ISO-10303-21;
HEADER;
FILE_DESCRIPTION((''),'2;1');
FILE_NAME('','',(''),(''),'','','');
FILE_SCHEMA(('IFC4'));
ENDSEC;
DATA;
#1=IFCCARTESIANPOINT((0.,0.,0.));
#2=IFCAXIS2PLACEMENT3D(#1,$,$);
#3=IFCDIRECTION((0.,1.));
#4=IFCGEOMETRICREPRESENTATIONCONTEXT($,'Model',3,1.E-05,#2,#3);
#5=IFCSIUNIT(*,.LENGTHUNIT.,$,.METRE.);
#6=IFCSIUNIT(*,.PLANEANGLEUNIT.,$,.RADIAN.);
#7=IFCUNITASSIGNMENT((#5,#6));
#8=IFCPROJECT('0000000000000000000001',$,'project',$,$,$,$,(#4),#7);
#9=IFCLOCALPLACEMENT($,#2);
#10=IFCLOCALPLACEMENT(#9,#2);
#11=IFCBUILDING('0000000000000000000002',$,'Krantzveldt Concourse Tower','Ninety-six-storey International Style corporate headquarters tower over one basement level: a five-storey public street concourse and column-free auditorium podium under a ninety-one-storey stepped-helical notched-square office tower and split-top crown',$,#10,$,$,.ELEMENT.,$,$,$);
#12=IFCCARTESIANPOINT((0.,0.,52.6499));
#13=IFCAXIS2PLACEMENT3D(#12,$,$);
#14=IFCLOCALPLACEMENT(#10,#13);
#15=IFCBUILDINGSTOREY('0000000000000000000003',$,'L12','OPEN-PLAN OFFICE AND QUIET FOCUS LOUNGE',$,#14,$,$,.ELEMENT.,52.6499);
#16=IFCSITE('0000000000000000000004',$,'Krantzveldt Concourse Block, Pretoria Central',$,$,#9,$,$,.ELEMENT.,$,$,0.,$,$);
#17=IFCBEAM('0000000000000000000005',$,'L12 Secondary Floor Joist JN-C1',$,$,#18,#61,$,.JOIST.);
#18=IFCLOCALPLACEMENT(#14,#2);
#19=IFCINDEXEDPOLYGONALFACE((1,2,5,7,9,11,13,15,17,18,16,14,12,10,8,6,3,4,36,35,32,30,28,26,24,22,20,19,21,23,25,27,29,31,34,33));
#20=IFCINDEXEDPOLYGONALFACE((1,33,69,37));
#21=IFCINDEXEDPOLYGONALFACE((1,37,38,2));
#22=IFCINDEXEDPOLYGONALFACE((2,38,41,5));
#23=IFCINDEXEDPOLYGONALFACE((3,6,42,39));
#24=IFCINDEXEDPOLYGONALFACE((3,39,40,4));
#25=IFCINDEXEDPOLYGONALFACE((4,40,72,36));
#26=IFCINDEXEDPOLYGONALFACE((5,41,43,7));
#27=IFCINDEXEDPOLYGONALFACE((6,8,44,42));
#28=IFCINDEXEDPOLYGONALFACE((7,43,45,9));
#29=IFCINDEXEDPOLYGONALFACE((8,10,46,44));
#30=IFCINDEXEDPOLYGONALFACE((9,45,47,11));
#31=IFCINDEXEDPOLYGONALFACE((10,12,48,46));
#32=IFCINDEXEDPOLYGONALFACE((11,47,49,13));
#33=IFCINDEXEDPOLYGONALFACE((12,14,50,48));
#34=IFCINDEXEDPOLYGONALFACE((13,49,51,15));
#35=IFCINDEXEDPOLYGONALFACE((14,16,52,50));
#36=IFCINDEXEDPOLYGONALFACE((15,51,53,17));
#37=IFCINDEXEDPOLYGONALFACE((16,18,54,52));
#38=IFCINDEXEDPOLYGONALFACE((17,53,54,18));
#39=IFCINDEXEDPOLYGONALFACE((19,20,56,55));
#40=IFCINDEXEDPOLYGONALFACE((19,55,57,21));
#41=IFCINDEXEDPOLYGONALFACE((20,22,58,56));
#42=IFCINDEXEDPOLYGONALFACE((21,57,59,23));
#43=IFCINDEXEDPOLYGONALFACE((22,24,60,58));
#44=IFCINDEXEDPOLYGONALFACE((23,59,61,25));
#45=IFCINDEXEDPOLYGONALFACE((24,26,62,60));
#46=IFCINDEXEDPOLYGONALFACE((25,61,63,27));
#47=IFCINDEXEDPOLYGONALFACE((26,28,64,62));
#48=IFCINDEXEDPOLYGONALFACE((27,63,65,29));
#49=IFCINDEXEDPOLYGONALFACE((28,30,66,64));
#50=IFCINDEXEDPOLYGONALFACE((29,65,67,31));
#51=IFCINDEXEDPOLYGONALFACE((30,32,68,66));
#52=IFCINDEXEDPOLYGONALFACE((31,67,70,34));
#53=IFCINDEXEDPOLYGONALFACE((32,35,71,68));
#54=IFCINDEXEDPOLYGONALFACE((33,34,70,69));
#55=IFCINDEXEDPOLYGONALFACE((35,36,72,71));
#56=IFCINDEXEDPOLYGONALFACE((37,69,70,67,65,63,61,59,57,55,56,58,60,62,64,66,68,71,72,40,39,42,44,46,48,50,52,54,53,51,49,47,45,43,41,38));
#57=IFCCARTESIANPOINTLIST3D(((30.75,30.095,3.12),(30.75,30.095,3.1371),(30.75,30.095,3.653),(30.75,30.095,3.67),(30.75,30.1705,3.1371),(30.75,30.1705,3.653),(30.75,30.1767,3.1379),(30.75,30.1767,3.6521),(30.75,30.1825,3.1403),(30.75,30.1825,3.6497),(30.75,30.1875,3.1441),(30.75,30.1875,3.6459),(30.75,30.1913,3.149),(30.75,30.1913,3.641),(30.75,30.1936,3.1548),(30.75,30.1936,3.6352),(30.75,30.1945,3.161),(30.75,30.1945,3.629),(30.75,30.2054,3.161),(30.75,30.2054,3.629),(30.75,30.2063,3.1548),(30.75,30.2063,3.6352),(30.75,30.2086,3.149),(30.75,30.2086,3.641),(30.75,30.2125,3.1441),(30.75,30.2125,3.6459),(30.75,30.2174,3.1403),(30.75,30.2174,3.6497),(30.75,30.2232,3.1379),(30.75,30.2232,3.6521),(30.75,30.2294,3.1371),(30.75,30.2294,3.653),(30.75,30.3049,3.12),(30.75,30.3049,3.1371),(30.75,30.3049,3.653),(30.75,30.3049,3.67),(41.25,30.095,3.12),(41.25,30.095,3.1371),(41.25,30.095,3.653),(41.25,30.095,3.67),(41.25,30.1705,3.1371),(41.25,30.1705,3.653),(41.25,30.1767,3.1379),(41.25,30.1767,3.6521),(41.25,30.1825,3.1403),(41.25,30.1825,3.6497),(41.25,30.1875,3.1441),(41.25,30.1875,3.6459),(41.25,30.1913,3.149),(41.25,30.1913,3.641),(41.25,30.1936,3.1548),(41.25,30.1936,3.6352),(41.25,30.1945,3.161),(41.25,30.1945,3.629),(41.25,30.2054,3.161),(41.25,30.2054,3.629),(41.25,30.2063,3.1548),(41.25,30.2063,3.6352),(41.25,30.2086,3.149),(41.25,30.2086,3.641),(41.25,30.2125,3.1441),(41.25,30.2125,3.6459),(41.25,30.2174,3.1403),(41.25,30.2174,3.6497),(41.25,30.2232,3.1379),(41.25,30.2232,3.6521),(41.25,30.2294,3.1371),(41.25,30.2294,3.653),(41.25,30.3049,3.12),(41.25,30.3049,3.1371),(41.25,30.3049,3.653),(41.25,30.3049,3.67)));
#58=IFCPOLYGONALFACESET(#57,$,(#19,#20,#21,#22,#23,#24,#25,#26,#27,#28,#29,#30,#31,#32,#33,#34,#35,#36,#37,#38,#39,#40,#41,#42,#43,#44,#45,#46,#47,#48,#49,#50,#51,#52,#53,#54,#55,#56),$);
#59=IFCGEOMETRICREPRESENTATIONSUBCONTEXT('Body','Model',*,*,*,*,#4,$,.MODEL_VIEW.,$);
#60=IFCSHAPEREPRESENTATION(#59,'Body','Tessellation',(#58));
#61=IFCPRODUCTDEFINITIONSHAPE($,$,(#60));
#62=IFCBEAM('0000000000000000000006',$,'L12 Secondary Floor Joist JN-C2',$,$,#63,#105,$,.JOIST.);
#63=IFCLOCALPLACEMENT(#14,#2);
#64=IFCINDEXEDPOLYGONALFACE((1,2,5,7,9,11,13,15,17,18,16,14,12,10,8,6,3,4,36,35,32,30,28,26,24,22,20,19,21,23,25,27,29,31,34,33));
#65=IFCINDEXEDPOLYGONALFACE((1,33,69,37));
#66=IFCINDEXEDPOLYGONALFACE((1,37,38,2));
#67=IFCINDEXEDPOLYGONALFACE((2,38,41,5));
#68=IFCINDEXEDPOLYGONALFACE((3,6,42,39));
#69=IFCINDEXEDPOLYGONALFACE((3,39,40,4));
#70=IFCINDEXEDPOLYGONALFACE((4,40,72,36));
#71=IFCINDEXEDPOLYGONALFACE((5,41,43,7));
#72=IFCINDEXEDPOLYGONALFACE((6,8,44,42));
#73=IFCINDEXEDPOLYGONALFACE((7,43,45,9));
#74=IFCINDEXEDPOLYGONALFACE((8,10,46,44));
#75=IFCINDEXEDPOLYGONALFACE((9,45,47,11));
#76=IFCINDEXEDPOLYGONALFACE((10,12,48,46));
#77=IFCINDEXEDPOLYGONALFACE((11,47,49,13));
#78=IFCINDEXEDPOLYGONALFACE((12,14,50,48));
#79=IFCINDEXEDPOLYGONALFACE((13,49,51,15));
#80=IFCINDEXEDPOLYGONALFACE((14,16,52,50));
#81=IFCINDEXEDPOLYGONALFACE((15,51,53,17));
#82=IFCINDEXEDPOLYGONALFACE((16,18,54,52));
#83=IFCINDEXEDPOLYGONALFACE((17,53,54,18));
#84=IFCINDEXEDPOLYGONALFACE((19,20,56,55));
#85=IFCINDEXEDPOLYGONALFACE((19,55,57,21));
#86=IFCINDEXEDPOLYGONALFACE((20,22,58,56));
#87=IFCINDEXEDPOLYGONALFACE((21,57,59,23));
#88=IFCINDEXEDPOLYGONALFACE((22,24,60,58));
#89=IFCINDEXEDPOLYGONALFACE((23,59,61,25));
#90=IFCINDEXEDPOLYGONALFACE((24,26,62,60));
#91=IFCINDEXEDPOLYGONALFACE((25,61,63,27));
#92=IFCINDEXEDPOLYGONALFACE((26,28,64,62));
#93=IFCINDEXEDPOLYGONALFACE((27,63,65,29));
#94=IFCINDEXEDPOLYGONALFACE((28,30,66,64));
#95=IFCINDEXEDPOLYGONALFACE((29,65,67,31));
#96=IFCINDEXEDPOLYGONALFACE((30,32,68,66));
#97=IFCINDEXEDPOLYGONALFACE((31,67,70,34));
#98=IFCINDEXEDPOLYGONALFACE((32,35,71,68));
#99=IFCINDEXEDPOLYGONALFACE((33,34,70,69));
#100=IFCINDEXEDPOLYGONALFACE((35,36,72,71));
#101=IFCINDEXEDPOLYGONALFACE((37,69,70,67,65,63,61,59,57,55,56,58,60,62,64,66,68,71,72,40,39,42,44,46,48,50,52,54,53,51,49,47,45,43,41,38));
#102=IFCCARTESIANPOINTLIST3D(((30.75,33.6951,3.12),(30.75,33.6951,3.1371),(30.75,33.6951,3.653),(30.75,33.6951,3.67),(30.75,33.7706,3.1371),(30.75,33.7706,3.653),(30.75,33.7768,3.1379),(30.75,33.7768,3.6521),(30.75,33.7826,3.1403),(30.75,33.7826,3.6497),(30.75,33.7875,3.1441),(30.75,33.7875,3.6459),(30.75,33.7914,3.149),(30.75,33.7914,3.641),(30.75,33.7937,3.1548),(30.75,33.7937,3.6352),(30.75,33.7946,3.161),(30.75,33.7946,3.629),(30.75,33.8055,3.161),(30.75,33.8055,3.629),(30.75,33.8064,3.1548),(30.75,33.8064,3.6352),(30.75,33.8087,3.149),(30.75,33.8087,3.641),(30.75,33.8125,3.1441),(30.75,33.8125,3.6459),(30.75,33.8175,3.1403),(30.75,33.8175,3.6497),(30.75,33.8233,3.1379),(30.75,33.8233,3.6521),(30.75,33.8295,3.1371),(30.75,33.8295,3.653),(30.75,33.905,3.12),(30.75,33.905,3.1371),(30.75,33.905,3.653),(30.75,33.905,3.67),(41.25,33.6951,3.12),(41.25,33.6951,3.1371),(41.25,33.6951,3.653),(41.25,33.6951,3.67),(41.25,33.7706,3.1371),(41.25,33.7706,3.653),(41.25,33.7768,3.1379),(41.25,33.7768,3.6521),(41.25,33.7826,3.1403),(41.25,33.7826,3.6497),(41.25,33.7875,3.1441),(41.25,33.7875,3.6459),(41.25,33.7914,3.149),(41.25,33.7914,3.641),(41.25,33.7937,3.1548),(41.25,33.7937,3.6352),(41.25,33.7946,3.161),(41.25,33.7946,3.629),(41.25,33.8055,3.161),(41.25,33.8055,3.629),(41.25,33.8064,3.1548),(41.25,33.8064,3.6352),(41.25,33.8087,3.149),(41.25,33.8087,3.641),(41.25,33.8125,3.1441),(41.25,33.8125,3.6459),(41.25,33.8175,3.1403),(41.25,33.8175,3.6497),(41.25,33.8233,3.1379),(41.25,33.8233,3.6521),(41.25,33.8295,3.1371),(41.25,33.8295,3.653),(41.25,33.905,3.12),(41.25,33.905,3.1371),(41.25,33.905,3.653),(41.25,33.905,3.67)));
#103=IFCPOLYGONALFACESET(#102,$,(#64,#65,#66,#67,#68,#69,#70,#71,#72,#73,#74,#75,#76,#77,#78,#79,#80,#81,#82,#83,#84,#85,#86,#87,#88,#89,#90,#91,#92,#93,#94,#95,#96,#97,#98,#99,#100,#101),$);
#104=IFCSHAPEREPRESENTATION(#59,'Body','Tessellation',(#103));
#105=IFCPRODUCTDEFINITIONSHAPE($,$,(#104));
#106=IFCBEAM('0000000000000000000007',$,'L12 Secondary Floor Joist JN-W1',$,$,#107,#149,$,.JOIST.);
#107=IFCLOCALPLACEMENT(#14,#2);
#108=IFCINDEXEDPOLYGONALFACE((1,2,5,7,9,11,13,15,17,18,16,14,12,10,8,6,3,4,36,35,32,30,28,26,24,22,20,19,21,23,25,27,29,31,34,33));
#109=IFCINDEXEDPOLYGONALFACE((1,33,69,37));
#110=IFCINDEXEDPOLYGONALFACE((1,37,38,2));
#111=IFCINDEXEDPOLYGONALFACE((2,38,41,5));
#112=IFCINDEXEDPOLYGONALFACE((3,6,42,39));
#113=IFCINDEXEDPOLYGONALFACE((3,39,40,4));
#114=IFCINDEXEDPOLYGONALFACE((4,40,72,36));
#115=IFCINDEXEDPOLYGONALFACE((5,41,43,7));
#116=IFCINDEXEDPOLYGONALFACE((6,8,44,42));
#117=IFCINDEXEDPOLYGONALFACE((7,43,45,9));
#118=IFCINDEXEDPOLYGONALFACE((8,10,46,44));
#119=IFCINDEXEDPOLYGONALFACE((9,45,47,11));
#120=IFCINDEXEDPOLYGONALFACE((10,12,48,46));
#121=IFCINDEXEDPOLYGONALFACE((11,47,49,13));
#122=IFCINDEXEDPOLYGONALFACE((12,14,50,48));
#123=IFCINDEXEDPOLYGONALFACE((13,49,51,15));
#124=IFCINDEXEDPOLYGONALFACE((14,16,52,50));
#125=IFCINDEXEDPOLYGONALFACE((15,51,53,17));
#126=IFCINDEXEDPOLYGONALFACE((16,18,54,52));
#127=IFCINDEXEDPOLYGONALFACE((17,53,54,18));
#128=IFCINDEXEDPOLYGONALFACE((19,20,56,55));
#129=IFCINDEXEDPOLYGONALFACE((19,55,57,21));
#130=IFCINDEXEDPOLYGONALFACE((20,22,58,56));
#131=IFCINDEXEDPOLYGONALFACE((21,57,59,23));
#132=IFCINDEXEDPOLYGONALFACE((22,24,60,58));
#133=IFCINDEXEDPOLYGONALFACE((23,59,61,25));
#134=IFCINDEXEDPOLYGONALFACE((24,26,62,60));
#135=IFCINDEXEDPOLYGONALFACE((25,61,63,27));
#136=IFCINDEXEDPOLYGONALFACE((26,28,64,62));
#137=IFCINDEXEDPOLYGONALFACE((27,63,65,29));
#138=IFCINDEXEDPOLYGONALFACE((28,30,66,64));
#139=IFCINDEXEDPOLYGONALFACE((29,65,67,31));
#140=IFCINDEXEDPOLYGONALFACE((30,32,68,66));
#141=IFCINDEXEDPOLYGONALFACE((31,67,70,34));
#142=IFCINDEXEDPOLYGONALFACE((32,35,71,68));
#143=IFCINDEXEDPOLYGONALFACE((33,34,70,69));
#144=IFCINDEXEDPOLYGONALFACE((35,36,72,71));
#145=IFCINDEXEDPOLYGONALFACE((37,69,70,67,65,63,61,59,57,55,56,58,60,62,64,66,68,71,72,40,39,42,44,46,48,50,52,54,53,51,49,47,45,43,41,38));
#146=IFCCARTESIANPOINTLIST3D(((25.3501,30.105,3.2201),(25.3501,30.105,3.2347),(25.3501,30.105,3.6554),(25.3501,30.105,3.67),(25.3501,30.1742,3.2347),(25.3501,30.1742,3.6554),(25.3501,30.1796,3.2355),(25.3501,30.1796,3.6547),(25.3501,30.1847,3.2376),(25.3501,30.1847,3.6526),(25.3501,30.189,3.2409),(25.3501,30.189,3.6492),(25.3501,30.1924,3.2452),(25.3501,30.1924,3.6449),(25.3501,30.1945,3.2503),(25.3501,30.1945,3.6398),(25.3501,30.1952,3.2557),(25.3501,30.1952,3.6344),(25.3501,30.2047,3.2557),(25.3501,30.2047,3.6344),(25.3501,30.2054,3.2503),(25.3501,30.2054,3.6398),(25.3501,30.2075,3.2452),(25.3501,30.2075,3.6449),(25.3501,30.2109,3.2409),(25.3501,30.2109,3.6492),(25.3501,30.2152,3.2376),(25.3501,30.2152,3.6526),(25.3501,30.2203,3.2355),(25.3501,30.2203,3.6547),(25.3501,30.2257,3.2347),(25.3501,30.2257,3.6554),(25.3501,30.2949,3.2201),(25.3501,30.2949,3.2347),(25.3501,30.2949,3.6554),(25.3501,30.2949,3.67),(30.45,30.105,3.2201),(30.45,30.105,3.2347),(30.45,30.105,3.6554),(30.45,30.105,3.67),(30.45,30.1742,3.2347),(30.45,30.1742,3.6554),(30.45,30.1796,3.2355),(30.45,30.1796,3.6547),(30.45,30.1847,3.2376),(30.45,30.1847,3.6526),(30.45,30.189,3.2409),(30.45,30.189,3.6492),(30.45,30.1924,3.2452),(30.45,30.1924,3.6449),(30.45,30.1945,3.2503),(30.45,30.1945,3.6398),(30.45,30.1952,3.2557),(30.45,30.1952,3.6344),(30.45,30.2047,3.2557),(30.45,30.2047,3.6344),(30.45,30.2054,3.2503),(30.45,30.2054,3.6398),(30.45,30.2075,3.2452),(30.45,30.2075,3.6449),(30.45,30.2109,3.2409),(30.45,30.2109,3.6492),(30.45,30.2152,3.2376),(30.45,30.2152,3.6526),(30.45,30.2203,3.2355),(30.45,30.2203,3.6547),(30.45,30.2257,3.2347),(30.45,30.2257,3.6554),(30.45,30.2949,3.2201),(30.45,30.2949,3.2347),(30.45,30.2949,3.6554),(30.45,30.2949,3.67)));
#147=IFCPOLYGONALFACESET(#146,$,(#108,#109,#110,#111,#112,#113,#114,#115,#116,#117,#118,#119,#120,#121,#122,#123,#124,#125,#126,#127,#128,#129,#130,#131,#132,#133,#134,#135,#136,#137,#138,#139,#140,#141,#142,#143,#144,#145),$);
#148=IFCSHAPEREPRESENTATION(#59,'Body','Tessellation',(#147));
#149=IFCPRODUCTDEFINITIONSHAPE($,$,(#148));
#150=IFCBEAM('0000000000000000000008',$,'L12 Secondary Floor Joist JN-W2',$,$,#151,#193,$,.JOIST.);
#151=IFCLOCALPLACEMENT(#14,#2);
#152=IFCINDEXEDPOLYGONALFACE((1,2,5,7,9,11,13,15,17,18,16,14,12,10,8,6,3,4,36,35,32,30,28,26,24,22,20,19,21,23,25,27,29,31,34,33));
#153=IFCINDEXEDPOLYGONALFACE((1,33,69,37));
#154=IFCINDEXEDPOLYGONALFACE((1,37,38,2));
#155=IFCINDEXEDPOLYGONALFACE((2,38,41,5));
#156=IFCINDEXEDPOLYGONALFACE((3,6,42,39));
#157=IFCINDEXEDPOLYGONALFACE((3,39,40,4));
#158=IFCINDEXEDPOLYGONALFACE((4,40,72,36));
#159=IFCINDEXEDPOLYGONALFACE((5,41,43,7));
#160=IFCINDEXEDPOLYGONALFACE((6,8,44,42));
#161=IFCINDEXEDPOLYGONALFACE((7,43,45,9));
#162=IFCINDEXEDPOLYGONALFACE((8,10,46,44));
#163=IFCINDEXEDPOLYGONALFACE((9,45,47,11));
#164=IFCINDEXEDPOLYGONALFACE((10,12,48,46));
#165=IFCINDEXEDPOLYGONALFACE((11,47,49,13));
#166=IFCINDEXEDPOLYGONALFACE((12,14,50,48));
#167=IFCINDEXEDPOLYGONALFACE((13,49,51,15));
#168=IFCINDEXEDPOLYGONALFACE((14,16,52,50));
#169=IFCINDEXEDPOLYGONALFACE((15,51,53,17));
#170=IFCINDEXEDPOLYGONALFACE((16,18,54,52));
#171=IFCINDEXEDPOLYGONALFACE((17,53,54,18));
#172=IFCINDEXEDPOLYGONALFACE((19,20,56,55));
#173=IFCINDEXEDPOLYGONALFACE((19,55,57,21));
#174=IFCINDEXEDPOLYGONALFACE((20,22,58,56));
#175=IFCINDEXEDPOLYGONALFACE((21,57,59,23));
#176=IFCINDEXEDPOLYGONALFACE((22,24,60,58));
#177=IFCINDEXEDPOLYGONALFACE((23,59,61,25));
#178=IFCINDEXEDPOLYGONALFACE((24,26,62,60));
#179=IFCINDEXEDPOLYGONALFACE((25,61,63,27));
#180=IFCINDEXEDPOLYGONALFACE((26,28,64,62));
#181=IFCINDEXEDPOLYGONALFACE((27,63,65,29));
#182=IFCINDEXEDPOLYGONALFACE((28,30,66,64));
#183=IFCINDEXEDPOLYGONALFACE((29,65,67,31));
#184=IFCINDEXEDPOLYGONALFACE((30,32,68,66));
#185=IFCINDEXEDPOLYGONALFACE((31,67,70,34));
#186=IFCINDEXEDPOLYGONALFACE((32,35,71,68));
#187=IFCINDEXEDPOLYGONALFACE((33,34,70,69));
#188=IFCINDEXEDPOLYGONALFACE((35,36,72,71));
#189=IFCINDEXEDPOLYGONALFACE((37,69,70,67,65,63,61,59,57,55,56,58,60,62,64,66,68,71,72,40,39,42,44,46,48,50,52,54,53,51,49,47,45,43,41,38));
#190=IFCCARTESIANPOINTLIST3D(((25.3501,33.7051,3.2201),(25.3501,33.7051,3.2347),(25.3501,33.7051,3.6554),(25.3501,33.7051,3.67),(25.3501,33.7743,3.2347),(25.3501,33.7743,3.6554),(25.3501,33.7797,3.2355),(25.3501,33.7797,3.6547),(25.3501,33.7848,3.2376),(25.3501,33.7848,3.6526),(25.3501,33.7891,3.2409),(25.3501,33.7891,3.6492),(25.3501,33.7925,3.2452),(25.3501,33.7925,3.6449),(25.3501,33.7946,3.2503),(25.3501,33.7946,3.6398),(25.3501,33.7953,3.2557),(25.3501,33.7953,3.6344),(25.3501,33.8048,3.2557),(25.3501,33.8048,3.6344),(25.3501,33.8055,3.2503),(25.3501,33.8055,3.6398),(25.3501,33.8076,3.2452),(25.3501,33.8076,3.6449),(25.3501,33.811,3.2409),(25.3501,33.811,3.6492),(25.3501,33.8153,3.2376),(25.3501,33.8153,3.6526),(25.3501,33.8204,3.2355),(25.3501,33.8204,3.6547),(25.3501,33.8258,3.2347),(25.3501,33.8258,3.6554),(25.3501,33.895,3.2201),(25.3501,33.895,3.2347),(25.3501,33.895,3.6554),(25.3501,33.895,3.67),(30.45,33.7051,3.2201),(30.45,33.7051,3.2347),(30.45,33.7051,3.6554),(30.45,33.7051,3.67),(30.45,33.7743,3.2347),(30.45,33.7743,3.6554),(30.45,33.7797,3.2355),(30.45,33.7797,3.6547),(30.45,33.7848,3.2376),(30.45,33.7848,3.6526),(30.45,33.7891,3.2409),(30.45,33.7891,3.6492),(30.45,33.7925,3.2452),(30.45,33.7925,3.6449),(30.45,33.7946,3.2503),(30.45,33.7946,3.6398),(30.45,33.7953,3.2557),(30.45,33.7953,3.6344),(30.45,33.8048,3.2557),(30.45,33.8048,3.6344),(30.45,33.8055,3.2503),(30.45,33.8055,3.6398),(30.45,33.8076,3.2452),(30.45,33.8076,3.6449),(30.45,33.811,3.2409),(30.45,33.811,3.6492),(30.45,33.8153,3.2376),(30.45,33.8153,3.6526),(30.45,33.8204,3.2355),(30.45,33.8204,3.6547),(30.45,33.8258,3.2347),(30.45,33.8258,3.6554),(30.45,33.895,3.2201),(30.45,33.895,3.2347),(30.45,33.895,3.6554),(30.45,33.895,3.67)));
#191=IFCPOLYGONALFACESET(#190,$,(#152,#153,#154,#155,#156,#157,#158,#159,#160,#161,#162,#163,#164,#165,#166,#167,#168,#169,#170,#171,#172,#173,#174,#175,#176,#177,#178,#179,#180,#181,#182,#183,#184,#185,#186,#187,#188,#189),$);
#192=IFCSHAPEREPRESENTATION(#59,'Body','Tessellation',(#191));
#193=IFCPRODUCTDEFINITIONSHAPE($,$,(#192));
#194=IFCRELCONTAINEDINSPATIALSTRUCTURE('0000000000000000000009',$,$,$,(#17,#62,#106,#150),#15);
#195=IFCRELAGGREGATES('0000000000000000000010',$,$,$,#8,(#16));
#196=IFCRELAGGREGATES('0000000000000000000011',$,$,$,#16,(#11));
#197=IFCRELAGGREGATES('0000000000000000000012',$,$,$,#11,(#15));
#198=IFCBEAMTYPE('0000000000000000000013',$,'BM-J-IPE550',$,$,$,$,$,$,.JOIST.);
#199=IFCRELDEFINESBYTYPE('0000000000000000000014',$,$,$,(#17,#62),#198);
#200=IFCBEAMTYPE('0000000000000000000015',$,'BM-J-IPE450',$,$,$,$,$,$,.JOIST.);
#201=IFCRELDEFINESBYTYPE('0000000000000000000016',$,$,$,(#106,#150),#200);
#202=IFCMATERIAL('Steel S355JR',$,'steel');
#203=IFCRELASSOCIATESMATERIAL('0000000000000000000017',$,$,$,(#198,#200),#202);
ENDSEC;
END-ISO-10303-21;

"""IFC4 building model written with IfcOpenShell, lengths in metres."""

from ifc_helpers import new_model, si_unit, direction, frame, origin, origin_2d, place, context, subcontext, project, spatial, i_section, extrude, source, transform, mapped, material, material_profile, profile_set, type_object, type_shapes, element, save


model = new_model("IFC4")

# Units and contexts
model_context = context("Model", 3, precision=1e-05, world=origin(), true_north=direction((0.0, 1.0)))
body_context = subcontext(model_context, "Body", "Model", "MODEL_VIEW")
ifc_project = project(units=[si_unit("LENGTHUNIT", "METRE"), si_unit("PLANEANGLEUNIT", "RADIAN")], contexts=[model_context])

# Site, building, storey
site_placement = place(None, origin())
site = spatial("IfcSite", under=ifc_project, at=site_placement, Name="Krantzveldt Concourse Block, Pretoria Central", CompositionType="ELEMENT", RefElevation=0.0)
building_placement = place(site_placement, origin())
building = spatial("IfcBuilding", under=site, at=building_placement, Name="Krantzveldt Concourse Tower", Description="Ninety-six-storey International Style corporate headquarters tower over one basement level: a five-storey public street concourse and column-free auditorium podium under a ninety-one-storey stepped-helical notched-square office tower and split-top crown", CompositionType="ELEMENT")
storey_placement = place(building_placement, frame((0.0, 0.0, 52.6499)))
storey = spatial("IfcBuildingStorey", under=building, at=storey_placement, Name="L12", Description="OPEN-PLAN OFFICE AND QUIET FOCUS LOUNGE", CompositionType="ELEMENT", Elevation=52.6499)

# Beams
ifc_material_1 = material(Name="Steel S355JR", Category="steel")
ifc_material_profile_1 = material_profile(ifc_material_1, i_section(OverallWidth=0.21, OverallDepth=0.55, WebThickness=0.011, FlangeThickness=0.0171, FilletRadius=0.0239, at=origin_2d()), Name="Steel S355JR", Category="steel")
ifc_profile_set_1 = profile_set([ifc_material_profile_1], Name="Steel S355JR - IPE 550")
beam_type_1 = type_object("IfcBeamType", Name="BM-J-IPE550", PredefinedType="JOIST", material=ifc_profile_set_1)
shared_shape_1 = source(origin(), body_context, "Body", "SweptSolid", [
    extrude(i_section(OverallWidth=0.21, OverallDepth=0.55, WebThickness=0.011, FlangeThickness=0.0171, FilletRadius=0.0239, at=origin_2d()), origin(), (0.0, 0.0, 1.0), 10.5),
])
for number, where, z_axis, x_axis, name in (
    (1, (30.75, 30.2, 3.395), (1.0, 0.0, 0.0), (0.0, 1.0, 0.0), "L12 Secondary Floor Joist JN-C1"),
    (2, (30.75, 33.8, 3.395), (1.0, 0.0, 0.0), (0.0, 1.0, 0.0), "L12 Secondary Floor Joist JN-C2"),
):
    element("IfcBeam", number, at=place(storey_placement, frame(where, z_axis=z_axis, x_axis=x_axis)), inside=storey, type_object=beam_type_1, Name=name, PredefinedType="JOIST", context=body_context, shape_type="MappedRepresentation", body=[
        mapped(shared_shape_1, transform((0.0, 0.0, 0.0), x_axis=(1.0, 0.0, 0.0), y_axis=(0.0, 1.0, 0.0), z_axis=(0.0, 0.0, 1.0), scale=1.0)),
    ])
ifc_material_profile_2 = material_profile(ifc_material_1, i_section(OverallWidth=0.1899, OverallDepth=0.45, WebThickness=0.0095, FlangeThickness=0.0146, FilletRadius=0.021, at=origin_2d()), Name="Steel S355JR", Category="steel")
ifc_profile_set_2 = profile_set([ifc_material_profile_2], Name="Steel S355JR - IPE 450")
beam_type_2 = type_object("IfcBeamType", Name="BM-J-IPE450", PredefinedType="JOIST", material=ifc_profile_set_2)
shared_shape_2 = source(origin(), body_context, "Body", "SweptSolid", [
    extrude(i_section(OverallWidth=0.1899, OverallDepth=0.45, WebThickness=0.0095, FlangeThickness=0.0146, FilletRadius=0.021, at=origin_2d()), origin(), (0.0, 0.0, 1.0), 5.0999),
])
type_shapes(beam_type_2, [shared_shape_2])
for number, where, z_axis, x_axis, name in (
    (3, (25.3501, 30.2, 3.4451), (1.0, 0.0, 0.0), (0.0, 1.0, 0.0), "L12 Secondary Floor Joist JN-W1"),
    (4, (25.3501, 33.8, 3.4451), (1.0, 0.0, 0.0), (0.0, 1.0, 0.0), "L12 Secondary Floor Joist JN-W2"),
):
    element("IfcBeam", number, at=place(storey_placement, frame(where, z_axis=z_axis, x_axis=x_axis)), inside=storey, type_object=beam_type_2, Name=name, PredefinedType="JOIST", context=body_context, shape_type="MappedRepresentation", body=[
        mapped(shared_shape_2, transform((0.0, 0.0, 0.0), x_axis=(1.0, 0.0, 0.0), y_axis=(0.0, 1.0, 0.0), z_axis=(0.0, 0.0, 1.0), scale=1.0)),
    ])

save(model, "model.ifc")
